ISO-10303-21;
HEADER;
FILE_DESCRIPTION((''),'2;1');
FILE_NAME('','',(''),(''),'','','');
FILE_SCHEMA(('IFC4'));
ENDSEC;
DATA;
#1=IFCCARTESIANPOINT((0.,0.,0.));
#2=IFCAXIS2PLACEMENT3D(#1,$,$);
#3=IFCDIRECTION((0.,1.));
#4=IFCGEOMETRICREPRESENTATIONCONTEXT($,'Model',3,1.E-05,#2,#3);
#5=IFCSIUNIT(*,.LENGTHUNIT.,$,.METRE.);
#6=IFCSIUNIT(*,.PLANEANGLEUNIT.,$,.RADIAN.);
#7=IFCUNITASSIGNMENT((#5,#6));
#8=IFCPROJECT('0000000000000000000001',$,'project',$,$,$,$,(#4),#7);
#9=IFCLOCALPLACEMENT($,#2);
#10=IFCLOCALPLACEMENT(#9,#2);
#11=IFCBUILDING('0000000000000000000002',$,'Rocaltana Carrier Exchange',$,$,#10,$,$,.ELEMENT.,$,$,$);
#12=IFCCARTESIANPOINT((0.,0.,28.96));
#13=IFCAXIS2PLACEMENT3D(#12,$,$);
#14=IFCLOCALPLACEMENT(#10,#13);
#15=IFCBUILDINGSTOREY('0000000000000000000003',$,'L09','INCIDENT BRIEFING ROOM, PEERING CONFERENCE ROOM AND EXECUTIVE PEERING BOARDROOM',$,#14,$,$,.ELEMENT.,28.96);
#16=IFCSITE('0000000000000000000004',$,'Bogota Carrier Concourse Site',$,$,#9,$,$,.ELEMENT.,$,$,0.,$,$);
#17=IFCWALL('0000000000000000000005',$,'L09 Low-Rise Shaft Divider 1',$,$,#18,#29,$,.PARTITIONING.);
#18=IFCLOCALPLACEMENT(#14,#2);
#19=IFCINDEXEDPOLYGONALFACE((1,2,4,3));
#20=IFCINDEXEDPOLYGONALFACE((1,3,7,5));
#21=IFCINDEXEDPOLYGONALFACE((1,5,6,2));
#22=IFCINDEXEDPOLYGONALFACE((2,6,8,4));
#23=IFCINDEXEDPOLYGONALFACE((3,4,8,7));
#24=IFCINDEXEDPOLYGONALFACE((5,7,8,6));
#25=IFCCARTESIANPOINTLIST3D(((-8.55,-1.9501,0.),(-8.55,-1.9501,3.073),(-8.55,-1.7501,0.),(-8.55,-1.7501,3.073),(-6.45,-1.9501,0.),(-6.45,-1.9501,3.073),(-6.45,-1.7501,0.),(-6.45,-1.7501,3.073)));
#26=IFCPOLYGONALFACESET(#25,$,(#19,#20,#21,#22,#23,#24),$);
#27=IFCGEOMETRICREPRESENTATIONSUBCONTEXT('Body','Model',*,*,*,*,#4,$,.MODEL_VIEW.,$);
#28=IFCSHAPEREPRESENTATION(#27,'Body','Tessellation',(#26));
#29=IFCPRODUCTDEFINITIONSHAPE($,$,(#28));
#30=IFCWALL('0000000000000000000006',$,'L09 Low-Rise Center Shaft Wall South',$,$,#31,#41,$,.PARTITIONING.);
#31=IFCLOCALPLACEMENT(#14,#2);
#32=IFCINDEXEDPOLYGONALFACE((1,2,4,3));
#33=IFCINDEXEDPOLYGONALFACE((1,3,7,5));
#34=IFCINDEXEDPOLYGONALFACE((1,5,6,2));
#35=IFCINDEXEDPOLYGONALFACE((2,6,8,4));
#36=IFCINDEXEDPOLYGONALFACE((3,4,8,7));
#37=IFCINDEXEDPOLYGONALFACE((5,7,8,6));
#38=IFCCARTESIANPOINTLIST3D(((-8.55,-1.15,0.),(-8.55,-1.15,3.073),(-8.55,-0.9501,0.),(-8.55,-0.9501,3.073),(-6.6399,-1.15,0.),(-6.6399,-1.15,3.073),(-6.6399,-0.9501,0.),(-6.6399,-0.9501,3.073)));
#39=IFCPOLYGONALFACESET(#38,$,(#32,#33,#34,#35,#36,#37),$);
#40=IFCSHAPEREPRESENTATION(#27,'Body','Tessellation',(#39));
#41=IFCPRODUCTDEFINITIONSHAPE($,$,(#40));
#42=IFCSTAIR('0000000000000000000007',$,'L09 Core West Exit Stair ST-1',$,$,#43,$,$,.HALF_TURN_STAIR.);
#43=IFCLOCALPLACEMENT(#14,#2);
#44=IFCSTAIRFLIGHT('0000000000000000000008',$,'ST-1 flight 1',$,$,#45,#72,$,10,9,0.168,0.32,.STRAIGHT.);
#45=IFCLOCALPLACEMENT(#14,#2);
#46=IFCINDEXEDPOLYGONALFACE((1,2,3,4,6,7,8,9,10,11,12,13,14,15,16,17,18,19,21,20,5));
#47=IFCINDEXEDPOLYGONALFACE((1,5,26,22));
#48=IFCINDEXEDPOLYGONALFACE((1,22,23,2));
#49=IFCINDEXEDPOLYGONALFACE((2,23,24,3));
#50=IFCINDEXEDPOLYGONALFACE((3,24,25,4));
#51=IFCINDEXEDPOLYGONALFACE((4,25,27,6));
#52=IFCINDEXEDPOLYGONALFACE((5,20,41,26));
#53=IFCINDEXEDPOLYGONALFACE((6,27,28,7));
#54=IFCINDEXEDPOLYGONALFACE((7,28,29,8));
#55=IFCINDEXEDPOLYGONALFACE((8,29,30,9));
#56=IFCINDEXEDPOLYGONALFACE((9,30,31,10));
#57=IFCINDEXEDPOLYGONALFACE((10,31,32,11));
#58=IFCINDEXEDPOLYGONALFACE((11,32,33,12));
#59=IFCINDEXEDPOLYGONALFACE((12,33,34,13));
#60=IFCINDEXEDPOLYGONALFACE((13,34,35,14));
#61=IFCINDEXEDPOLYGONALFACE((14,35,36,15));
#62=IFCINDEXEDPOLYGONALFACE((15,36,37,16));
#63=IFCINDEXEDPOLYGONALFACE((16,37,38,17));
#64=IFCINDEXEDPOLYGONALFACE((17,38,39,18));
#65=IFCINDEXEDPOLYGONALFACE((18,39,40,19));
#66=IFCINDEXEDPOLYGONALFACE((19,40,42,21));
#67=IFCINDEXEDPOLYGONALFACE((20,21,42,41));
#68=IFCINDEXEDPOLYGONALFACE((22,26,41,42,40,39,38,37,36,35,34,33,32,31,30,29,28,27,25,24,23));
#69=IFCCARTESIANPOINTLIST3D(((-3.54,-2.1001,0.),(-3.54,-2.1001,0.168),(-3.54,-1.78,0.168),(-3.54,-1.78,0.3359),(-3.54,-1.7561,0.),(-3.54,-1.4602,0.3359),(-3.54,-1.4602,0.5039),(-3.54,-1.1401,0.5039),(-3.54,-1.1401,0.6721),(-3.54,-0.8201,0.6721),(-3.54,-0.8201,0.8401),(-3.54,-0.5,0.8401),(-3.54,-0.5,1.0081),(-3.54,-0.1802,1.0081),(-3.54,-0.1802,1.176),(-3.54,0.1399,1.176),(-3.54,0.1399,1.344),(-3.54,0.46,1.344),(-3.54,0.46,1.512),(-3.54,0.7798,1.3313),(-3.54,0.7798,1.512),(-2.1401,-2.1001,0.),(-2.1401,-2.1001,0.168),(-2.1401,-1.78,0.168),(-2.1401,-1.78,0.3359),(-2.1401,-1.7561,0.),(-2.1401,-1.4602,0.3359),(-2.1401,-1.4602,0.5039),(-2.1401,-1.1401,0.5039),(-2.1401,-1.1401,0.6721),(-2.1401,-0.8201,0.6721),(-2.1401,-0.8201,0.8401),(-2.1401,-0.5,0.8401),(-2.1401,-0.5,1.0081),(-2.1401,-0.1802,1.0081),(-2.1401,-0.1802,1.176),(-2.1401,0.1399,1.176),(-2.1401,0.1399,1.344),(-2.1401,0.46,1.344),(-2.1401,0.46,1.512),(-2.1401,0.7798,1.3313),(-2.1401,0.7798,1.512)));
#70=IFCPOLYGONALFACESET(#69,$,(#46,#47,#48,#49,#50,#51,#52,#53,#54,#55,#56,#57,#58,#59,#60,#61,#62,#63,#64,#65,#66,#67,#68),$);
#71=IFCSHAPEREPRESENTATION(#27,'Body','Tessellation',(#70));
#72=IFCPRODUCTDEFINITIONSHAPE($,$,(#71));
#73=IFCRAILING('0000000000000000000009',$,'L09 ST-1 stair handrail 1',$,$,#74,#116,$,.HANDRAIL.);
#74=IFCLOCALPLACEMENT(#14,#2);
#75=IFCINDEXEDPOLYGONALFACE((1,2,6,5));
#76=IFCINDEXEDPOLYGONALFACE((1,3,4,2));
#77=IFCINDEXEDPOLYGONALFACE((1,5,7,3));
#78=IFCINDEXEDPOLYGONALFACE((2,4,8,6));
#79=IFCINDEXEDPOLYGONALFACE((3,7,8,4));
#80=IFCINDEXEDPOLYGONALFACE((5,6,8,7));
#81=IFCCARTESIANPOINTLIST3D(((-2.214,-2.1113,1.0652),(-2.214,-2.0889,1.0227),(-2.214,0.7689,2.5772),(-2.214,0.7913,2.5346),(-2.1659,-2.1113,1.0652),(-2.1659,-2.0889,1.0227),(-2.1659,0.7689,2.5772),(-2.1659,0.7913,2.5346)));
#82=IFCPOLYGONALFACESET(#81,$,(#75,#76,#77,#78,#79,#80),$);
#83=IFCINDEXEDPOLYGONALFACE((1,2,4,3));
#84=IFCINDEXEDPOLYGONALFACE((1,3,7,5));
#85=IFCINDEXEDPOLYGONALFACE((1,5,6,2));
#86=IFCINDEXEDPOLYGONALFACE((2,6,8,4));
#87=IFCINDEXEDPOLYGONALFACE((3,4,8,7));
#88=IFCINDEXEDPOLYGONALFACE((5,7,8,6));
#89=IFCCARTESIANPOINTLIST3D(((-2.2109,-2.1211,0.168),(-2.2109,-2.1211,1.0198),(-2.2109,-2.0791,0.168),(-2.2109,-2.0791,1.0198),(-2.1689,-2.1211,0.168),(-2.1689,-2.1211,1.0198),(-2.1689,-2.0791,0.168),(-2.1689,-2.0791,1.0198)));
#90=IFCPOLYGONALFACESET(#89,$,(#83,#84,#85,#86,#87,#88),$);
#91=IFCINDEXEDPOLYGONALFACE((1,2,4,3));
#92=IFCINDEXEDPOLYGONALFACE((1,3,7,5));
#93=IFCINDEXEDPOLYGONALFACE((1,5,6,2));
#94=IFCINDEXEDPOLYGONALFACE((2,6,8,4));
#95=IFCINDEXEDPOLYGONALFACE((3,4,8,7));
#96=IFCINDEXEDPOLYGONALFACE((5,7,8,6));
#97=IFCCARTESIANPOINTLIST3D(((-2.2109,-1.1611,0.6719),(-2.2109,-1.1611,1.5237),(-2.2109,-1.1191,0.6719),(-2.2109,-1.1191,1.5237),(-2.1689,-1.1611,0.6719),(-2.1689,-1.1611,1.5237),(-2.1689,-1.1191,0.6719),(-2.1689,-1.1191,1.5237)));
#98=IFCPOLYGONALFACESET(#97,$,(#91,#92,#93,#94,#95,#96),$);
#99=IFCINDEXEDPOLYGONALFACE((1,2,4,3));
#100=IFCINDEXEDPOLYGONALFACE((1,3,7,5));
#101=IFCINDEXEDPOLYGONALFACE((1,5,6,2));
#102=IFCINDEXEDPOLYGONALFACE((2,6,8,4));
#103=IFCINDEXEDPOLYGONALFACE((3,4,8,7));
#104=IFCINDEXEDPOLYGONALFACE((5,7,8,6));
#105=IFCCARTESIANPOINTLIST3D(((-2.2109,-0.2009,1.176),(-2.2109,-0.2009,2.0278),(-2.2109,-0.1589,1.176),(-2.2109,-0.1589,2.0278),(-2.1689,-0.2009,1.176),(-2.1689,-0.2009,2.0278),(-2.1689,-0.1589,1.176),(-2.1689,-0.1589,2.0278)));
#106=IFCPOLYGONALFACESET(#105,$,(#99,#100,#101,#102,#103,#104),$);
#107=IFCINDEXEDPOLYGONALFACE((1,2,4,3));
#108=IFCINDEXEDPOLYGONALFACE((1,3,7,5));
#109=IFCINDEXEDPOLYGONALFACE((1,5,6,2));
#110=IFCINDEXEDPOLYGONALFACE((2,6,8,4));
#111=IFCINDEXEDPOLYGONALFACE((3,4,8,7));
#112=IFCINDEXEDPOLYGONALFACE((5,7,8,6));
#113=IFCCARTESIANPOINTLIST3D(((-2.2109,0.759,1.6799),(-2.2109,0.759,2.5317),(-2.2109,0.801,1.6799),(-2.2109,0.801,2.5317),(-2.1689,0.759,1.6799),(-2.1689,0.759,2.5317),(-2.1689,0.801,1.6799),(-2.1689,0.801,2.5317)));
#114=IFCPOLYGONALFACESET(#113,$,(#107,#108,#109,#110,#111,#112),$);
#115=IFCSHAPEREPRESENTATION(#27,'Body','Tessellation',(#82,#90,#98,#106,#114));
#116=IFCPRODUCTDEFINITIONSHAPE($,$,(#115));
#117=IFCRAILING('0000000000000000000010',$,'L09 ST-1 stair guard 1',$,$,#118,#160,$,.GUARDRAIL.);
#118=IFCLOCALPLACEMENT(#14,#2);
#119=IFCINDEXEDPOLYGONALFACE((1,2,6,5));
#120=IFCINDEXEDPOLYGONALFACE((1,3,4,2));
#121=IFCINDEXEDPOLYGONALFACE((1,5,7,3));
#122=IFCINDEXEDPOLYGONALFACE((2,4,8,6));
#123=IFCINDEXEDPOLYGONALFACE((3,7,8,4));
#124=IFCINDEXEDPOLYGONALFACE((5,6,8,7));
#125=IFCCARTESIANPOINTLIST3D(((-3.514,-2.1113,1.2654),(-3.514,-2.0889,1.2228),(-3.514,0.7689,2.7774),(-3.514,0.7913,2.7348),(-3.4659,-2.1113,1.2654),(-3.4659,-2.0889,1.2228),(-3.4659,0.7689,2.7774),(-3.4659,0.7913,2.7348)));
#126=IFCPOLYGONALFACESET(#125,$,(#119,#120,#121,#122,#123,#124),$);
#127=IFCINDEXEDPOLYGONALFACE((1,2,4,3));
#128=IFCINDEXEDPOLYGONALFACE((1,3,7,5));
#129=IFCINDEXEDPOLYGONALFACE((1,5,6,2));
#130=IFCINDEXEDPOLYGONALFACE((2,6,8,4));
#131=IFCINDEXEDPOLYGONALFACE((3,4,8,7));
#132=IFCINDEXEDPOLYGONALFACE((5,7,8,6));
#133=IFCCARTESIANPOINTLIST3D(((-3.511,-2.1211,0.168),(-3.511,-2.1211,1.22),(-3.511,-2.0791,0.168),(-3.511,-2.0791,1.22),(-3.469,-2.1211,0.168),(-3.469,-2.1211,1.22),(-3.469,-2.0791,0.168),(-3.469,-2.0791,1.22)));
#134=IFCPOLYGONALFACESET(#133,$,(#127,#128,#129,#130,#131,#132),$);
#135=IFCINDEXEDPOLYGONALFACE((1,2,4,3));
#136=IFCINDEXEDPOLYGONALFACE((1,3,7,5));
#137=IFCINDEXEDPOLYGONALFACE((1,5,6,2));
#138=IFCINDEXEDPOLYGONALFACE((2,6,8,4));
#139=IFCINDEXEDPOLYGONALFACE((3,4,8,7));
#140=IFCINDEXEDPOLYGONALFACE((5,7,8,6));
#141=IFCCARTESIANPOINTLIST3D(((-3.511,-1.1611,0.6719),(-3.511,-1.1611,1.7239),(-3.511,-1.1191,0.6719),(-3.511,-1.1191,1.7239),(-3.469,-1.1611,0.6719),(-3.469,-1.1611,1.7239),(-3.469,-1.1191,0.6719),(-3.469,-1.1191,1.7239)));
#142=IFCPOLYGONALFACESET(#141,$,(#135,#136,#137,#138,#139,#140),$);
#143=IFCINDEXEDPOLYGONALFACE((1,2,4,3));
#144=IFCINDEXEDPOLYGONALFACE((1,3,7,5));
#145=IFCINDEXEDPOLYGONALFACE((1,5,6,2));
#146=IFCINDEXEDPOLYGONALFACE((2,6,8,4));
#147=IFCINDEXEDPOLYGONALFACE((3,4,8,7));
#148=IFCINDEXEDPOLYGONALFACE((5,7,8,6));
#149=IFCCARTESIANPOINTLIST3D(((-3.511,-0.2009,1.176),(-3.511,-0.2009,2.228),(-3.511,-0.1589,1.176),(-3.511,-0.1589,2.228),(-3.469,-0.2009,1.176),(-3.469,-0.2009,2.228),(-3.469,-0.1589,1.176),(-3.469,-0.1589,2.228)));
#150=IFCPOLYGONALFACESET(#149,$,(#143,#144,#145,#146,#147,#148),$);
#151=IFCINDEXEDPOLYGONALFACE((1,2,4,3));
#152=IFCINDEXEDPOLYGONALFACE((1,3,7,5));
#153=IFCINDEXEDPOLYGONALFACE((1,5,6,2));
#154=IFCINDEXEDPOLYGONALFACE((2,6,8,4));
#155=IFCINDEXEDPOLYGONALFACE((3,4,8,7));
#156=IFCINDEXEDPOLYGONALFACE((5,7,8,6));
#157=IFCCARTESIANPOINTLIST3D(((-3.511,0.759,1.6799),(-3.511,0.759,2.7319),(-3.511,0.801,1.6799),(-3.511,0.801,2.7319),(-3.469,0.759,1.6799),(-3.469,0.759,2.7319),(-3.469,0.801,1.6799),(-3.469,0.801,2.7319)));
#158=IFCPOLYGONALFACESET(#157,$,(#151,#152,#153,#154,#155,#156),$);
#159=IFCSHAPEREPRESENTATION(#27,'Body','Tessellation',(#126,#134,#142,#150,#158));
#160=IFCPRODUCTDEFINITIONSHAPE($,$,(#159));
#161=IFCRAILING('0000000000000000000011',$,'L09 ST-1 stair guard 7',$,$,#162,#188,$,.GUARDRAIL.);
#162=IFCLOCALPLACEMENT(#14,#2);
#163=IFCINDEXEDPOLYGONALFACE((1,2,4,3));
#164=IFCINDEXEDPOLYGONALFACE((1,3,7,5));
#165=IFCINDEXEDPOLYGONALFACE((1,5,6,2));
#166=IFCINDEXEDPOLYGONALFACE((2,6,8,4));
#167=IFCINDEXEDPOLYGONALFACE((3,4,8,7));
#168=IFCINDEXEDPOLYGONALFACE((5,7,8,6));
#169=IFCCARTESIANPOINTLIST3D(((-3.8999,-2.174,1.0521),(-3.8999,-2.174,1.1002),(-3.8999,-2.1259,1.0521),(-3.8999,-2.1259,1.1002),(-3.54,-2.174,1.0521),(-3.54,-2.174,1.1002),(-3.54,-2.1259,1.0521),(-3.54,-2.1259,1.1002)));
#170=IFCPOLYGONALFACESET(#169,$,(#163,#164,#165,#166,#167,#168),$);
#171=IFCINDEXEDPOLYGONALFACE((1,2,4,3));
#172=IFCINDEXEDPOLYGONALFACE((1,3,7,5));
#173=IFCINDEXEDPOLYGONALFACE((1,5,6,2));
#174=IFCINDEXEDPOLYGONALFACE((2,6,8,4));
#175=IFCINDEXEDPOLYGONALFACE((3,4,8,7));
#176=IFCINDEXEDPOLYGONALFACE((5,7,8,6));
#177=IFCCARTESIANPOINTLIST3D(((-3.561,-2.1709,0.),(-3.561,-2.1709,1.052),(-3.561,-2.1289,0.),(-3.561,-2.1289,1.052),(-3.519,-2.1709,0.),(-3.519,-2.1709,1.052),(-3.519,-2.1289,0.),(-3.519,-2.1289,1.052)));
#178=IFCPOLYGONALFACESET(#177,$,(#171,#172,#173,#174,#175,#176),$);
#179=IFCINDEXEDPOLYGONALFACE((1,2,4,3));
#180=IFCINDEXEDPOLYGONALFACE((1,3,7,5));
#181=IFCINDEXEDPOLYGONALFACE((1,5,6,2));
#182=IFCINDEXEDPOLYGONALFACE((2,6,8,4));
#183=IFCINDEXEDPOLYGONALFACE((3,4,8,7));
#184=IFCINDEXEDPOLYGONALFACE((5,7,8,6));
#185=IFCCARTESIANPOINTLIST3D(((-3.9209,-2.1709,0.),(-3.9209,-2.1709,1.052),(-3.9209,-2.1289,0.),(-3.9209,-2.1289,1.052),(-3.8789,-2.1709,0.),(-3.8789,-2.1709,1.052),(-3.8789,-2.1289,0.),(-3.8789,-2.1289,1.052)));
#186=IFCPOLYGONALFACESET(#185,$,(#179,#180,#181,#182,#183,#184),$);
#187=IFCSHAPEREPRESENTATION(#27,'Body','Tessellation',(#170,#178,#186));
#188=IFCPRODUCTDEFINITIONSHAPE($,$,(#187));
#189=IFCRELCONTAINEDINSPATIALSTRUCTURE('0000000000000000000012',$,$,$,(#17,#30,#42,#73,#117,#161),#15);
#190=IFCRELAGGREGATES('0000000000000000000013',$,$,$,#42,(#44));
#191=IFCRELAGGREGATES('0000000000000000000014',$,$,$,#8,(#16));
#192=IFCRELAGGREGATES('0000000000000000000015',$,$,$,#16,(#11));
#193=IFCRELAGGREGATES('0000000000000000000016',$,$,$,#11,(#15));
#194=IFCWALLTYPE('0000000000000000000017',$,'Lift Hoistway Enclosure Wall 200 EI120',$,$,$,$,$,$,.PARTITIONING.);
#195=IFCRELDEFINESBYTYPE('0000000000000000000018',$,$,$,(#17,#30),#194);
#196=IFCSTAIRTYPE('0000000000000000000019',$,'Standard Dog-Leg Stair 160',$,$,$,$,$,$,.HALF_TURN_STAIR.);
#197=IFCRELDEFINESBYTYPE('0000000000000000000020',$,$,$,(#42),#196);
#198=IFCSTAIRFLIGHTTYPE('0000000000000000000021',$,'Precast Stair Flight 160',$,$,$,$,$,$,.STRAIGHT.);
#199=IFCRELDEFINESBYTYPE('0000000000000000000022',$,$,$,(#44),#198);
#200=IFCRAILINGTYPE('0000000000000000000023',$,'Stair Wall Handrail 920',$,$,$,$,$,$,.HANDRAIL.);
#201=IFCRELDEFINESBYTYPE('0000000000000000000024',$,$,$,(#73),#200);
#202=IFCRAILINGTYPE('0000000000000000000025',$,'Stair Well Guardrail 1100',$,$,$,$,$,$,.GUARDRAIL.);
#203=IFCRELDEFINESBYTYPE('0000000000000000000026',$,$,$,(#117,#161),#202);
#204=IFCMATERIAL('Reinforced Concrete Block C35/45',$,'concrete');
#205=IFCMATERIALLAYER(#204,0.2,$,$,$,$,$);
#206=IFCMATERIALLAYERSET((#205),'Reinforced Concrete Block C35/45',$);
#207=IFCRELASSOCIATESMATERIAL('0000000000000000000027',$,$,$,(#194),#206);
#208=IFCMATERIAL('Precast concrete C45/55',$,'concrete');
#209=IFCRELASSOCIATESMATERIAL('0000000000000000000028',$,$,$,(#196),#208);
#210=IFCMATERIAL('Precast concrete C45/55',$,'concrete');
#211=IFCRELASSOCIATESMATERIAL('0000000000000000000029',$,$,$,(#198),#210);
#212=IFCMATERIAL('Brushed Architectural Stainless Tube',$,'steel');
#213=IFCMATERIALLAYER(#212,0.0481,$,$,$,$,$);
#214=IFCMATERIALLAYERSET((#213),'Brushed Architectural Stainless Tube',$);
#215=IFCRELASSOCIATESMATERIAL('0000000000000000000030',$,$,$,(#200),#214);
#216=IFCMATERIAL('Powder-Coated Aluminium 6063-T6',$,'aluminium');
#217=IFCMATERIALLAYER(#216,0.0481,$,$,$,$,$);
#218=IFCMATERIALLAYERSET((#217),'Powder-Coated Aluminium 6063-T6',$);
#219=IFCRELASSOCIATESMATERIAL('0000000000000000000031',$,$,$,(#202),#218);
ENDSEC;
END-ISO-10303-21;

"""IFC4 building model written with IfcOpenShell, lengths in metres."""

from ifc_helpers import new_model, si_unit, direction, frame, frame_2d, origin, origin_2d, place, context, subcontext, project, spatial, polyline, rectangle, outline, extrude, material, layer, layer_set, type_object, element, aggregate, save


model = new_model("IFC4")

# Units and contexts
model_context = context("Model", 3, precision=1e-05, world=origin(), true_north=direction((0.0, 1.0)))
body_context = subcontext(model_context, "Body", "Model", "MODEL_VIEW")
ifc_project = project(units=[si_unit("LENGTHUNIT", "METRE"), si_unit("PLANEANGLEUNIT", "RADIAN")], contexts=[model_context])

# Site, building, storey
site_placement = place(None, origin())
site = spatial("IfcSite", under=ifc_project, at=site_placement, Name="Bogota Carrier Concourse Site", CompositionType="ELEMENT", RefElevation=0.0)
building_placement = place(site_placement, origin())
building = spatial("IfcBuilding", under=site, at=building_placement, Name="Rocaltana Carrier Exchange", CompositionType="ELEMENT")
storey_placement = place(building_placement, frame((0.0, 0.0, 28.96)))
storey = spatial("IfcBuildingStorey", under=building, at=storey_placement, Name="L09", Description="INCIDENT BRIEFING ROOM, PEERING CONFERENCE ROOM AND EXECUTIVE PEERING BOARDROOM", CompositionType="ELEMENT", Elevation=28.96)

# Walls
ifc_material_1 = material(Name="Reinforced Concrete Block C35/45", Category="concrete")
ifc_layer_1 = layer(ifc_material_1, 0.2)
ifc_layer_set_1 = layer_set([ifc_layer_1], Name="Reinforced Concrete Block C35/45")
wall_type_1 = type_object("IfcWallType", Name="Lift Hoistway Enclosure Wall 200 EI120", PredefinedType="PARTITIONING", material=ifc_layer_set_1)
wall_1_placement = place(storey_placement, frame((-8.55, -1.8501, 0.0), z_axis=(0.0, 0.0, 1.0), x_axis=(1.0, 0.0, 0.0)))
element("IfcWall", 1, at=wall_1_placement, inside=storey, type_object=wall_type_1, Name="L09 Low-Rise Shaft Divider 1", PredefinedType="PARTITIONING", context=body_context, shape_type="SweptSolid", body=[
    extrude(rectangle(XDim=2.1001, YDim=0.2, at=frame_2d((1.05, 0.0))), origin(), (0.0, 0.0, 1.0), 3.073),
])
wall_2_placement = place(storey_placement, frame((-8.55, -1.05, 0.0), z_axis=(0.0, 0.0, 1.0), x_axis=(1.0, 0.0, 0.0)))
element("IfcWall", 2, at=wall_2_placement, inside=storey, type_object=wall_type_1, Name="L09 Low-Rise Center Shaft Wall South", PredefinedType="PARTITIONING", context=body_context, shape_type="SweptSolid", body=[
    extrude(rectangle(XDim=1.9102, YDim=0.2, at=frame_2d((0.9551, 0.0))), origin(), (0.0, 0.0, 1.0), 3.073),
])

# Stair, stair flight
ifc_material_2 = material(Name="Precast concrete C45/55", Category="concrete")
stair_type = type_object("IfcStairType", Name="Standard Dog-Leg Stair 160", PredefinedType="HALF_TURN_STAIR", material=ifc_material_2)
stair_placement = place(storey_placement, origin())
stair = element("IfcStair", 3, at=stair_placement, inside=storey, type_object=stair_type, Name="L09 Core West Exit Stair ST-1", PredefinedType="HALF_TURN_STAIR")
ifc_material_3 = material(Name="Precast concrete C45/55", Category="concrete")
stair_flight_type = type_object("IfcStairFlightType", Name="Precast Stair Flight 160", PredefinedType="STRAIGHT", material=ifc_material_3)
stair_flight_placement = place(storey_placement, frame((-2.8401, -2.1001, 0.0), z_axis=(0.0, 0.0, 1.0), x_axis=(0.0, 1.0, 0.0)))
stair_flight = element("IfcStairFlight", 4, at=stair_flight_placement, type_object=stair_flight_type, Name="ST-1 flight 1", NumberOfRisers=10, NumberOfTreads=9, PredefinedType="STRAIGHT", RiserHeight=0.168, TreadLength=0.32, context=body_context, shape_type="SweptSolid", body=[
    extrude(outline(polyline([(0.0, 0.0), (0.0, 0.168), (0.3201, 0.168), (0.3201, 0.3359), (0.6399, 0.3359), (0.6399, 0.5039), (0.96, 0.5039), (0.96, 0.6721), (1.28, 0.6721), (1.28, 0.8401), (1.6001, 0.8401), (1.6001, 1.0081), (1.9199, 1.0081), (1.9199, 1.176), (2.24, 1.176), (2.24, 1.344), (2.5601, 1.344), (2.5601, 1.512), (2.8799, 1.512), (2.8799, 1.6799), (2.8799, 1.3313), (0.344, 0.0), (0.0, 0.0)])), frame((0.0, 0.7, 0.0), z_axis=(0.0, -1.0, 0.0), x_axis=(1.0, 0.0, 0.0)), (0.0, 0.0, 1.0), 1.3999),
])
aggregate(stair, [stair_flight])

# Railings
ifc_material_4 = material(Name="Brushed Architectural Stainless Tube", Category="steel")
ifc_layer_2 = layer(ifc_material_4, 0.0481)
ifc_layer_set_2 = layer_set([ifc_layer_2], Name="Brushed Architectural Stainless Tube")
railing_type_1 = type_object("IfcRailingType", Name="Stair Wall Handrail 920", PredefinedType="HANDRAIL", material=ifc_layer_set_2)
railing_1_placement = place(storey_placement, frame((-2.1899, -2.1001, 0.168)))
element("IfcRailing", 5, at=railing_1_placement, inside=storey, type_object=railing_type_1, Name="L09 ST-1 stair handrail 1", PredefinedType="HANDRAIL", context=body_context, shape_type="SweptSolid", body=[
    extrude(rectangle(XDim=0.0481, YDim=0.0481, at=origin_2d()), frame((0.0, 0.0, 0.876), z_axis=(0.0, 0.885411, 0.464809), x_axis=(-1.0, 0.0, 0.0)), (0.0, 0.0, 1.0), 3.2529),
    extrude(rectangle(XDim=0.042, YDim=0.042, at=origin_2d()), origin(), (0.0, 0.0, 1.0), 0.8518),
    extrude(rectangle(XDim=0.042, YDim=0.042, at=origin_2d()), frame((0.0, 0.96, 0.5039)), (0.0, 0.0, 1.0), 0.8518),
    extrude(rectangle(XDim=0.042, YDim=0.042, at=origin_2d()), frame((0.0, 1.9202, 1.0081)), (0.0, 0.0, 1.0), 0.8518),
    extrude(rectangle(XDim=0.042, YDim=0.042, at=origin_2d()), frame((0.0, 2.8801, 1.512)), (0.0, 0.0, 1.0), 0.8518),
])
ifc_material_5 = material(Name="Powder-Coated Aluminium 6063-T6", Category="aluminium")
ifc_layer_3 = layer(ifc_material_5, 0.0481)
ifc_layer_set_3 = layer_set([ifc_layer_3], Name="Powder-Coated Aluminium 6063-T6")
railing_type_2 = type_object("IfcRailingType", Name="Stair Well Guardrail 1100", PredefinedType="GUARDRAIL", material=ifc_layer_set_3)
railing_2_placement = place(storey_placement, frame((-3.49, -2.1001, 0.168)))
element("IfcRailing", 6, at=railing_2_placement, inside=storey, type_object=railing_type_2, Name="L09 ST-1 stair guard 1", PredefinedType="GUARDRAIL", context=body_context, shape_type="SweptSolid", body=[
    extrude(rectangle(XDim=0.0481, YDim=0.0481, at=origin_2d()), frame((0.0, 0.0, 1.0762), z_axis=(0.0, 0.885411, 0.464809), x_axis=(-1.0, 0.0, 0.0)), (0.0, 0.0, 1.0), 3.2529),
    extrude(rectangle(XDim=0.042, YDim=0.042, at=origin_2d()), origin(), (0.0, 0.0, 1.0), 1.052),
    extrude(rectangle(XDim=0.042, YDim=0.042, at=origin_2d()), frame((0.0, 0.96, 0.5039)), (0.0, 0.0, 1.0), 1.052),
    extrude(rectangle(XDim=0.042, YDim=0.042, at=origin_2d()), frame((0.0, 1.9202, 1.0081)), (0.0, 0.0, 1.0), 1.052),
    extrude(rectangle(XDim=0.042, YDim=0.042, at=origin_2d()), frame((0.0, 2.8801, 1.512)), (0.0, 0.0, 1.0), 1.052),
])
railing_3_placement = place(storey_placement, frame((-3.54, -2.1499, 0.0)))
element("IfcRailing", 7, at=railing_3_placement, inside=storey, type_object=railing_type_2, Name="L09 ST-1 stair guard 7", PredefinedType="GUARDRAIL", context=body_context, shape_type="SweptSolid", body=[
    extrude(rectangle(XDim=0.0481, YDim=0.0481, at=origin_2d()), frame((0.0, 0.0, 1.0762), z_axis=(-1.0, 0.0, 0.0), x_axis=(0.0, -1.0, 0.0)), (0.0, 0.0, 1.0), 0.3599),
    extrude(rectangle(XDim=0.042, YDim=0.042, at=origin_2d()), origin(), (0.0, 0.0, 1.0), 1.052),
    extrude(rectangle(XDim=0.042, YDim=0.042, at=origin_2d()), frame((-0.3599, 0.0, 0.0)), (0.0, 0.0, 1.0), 1.052),
])

save(model, "model.ifc")
